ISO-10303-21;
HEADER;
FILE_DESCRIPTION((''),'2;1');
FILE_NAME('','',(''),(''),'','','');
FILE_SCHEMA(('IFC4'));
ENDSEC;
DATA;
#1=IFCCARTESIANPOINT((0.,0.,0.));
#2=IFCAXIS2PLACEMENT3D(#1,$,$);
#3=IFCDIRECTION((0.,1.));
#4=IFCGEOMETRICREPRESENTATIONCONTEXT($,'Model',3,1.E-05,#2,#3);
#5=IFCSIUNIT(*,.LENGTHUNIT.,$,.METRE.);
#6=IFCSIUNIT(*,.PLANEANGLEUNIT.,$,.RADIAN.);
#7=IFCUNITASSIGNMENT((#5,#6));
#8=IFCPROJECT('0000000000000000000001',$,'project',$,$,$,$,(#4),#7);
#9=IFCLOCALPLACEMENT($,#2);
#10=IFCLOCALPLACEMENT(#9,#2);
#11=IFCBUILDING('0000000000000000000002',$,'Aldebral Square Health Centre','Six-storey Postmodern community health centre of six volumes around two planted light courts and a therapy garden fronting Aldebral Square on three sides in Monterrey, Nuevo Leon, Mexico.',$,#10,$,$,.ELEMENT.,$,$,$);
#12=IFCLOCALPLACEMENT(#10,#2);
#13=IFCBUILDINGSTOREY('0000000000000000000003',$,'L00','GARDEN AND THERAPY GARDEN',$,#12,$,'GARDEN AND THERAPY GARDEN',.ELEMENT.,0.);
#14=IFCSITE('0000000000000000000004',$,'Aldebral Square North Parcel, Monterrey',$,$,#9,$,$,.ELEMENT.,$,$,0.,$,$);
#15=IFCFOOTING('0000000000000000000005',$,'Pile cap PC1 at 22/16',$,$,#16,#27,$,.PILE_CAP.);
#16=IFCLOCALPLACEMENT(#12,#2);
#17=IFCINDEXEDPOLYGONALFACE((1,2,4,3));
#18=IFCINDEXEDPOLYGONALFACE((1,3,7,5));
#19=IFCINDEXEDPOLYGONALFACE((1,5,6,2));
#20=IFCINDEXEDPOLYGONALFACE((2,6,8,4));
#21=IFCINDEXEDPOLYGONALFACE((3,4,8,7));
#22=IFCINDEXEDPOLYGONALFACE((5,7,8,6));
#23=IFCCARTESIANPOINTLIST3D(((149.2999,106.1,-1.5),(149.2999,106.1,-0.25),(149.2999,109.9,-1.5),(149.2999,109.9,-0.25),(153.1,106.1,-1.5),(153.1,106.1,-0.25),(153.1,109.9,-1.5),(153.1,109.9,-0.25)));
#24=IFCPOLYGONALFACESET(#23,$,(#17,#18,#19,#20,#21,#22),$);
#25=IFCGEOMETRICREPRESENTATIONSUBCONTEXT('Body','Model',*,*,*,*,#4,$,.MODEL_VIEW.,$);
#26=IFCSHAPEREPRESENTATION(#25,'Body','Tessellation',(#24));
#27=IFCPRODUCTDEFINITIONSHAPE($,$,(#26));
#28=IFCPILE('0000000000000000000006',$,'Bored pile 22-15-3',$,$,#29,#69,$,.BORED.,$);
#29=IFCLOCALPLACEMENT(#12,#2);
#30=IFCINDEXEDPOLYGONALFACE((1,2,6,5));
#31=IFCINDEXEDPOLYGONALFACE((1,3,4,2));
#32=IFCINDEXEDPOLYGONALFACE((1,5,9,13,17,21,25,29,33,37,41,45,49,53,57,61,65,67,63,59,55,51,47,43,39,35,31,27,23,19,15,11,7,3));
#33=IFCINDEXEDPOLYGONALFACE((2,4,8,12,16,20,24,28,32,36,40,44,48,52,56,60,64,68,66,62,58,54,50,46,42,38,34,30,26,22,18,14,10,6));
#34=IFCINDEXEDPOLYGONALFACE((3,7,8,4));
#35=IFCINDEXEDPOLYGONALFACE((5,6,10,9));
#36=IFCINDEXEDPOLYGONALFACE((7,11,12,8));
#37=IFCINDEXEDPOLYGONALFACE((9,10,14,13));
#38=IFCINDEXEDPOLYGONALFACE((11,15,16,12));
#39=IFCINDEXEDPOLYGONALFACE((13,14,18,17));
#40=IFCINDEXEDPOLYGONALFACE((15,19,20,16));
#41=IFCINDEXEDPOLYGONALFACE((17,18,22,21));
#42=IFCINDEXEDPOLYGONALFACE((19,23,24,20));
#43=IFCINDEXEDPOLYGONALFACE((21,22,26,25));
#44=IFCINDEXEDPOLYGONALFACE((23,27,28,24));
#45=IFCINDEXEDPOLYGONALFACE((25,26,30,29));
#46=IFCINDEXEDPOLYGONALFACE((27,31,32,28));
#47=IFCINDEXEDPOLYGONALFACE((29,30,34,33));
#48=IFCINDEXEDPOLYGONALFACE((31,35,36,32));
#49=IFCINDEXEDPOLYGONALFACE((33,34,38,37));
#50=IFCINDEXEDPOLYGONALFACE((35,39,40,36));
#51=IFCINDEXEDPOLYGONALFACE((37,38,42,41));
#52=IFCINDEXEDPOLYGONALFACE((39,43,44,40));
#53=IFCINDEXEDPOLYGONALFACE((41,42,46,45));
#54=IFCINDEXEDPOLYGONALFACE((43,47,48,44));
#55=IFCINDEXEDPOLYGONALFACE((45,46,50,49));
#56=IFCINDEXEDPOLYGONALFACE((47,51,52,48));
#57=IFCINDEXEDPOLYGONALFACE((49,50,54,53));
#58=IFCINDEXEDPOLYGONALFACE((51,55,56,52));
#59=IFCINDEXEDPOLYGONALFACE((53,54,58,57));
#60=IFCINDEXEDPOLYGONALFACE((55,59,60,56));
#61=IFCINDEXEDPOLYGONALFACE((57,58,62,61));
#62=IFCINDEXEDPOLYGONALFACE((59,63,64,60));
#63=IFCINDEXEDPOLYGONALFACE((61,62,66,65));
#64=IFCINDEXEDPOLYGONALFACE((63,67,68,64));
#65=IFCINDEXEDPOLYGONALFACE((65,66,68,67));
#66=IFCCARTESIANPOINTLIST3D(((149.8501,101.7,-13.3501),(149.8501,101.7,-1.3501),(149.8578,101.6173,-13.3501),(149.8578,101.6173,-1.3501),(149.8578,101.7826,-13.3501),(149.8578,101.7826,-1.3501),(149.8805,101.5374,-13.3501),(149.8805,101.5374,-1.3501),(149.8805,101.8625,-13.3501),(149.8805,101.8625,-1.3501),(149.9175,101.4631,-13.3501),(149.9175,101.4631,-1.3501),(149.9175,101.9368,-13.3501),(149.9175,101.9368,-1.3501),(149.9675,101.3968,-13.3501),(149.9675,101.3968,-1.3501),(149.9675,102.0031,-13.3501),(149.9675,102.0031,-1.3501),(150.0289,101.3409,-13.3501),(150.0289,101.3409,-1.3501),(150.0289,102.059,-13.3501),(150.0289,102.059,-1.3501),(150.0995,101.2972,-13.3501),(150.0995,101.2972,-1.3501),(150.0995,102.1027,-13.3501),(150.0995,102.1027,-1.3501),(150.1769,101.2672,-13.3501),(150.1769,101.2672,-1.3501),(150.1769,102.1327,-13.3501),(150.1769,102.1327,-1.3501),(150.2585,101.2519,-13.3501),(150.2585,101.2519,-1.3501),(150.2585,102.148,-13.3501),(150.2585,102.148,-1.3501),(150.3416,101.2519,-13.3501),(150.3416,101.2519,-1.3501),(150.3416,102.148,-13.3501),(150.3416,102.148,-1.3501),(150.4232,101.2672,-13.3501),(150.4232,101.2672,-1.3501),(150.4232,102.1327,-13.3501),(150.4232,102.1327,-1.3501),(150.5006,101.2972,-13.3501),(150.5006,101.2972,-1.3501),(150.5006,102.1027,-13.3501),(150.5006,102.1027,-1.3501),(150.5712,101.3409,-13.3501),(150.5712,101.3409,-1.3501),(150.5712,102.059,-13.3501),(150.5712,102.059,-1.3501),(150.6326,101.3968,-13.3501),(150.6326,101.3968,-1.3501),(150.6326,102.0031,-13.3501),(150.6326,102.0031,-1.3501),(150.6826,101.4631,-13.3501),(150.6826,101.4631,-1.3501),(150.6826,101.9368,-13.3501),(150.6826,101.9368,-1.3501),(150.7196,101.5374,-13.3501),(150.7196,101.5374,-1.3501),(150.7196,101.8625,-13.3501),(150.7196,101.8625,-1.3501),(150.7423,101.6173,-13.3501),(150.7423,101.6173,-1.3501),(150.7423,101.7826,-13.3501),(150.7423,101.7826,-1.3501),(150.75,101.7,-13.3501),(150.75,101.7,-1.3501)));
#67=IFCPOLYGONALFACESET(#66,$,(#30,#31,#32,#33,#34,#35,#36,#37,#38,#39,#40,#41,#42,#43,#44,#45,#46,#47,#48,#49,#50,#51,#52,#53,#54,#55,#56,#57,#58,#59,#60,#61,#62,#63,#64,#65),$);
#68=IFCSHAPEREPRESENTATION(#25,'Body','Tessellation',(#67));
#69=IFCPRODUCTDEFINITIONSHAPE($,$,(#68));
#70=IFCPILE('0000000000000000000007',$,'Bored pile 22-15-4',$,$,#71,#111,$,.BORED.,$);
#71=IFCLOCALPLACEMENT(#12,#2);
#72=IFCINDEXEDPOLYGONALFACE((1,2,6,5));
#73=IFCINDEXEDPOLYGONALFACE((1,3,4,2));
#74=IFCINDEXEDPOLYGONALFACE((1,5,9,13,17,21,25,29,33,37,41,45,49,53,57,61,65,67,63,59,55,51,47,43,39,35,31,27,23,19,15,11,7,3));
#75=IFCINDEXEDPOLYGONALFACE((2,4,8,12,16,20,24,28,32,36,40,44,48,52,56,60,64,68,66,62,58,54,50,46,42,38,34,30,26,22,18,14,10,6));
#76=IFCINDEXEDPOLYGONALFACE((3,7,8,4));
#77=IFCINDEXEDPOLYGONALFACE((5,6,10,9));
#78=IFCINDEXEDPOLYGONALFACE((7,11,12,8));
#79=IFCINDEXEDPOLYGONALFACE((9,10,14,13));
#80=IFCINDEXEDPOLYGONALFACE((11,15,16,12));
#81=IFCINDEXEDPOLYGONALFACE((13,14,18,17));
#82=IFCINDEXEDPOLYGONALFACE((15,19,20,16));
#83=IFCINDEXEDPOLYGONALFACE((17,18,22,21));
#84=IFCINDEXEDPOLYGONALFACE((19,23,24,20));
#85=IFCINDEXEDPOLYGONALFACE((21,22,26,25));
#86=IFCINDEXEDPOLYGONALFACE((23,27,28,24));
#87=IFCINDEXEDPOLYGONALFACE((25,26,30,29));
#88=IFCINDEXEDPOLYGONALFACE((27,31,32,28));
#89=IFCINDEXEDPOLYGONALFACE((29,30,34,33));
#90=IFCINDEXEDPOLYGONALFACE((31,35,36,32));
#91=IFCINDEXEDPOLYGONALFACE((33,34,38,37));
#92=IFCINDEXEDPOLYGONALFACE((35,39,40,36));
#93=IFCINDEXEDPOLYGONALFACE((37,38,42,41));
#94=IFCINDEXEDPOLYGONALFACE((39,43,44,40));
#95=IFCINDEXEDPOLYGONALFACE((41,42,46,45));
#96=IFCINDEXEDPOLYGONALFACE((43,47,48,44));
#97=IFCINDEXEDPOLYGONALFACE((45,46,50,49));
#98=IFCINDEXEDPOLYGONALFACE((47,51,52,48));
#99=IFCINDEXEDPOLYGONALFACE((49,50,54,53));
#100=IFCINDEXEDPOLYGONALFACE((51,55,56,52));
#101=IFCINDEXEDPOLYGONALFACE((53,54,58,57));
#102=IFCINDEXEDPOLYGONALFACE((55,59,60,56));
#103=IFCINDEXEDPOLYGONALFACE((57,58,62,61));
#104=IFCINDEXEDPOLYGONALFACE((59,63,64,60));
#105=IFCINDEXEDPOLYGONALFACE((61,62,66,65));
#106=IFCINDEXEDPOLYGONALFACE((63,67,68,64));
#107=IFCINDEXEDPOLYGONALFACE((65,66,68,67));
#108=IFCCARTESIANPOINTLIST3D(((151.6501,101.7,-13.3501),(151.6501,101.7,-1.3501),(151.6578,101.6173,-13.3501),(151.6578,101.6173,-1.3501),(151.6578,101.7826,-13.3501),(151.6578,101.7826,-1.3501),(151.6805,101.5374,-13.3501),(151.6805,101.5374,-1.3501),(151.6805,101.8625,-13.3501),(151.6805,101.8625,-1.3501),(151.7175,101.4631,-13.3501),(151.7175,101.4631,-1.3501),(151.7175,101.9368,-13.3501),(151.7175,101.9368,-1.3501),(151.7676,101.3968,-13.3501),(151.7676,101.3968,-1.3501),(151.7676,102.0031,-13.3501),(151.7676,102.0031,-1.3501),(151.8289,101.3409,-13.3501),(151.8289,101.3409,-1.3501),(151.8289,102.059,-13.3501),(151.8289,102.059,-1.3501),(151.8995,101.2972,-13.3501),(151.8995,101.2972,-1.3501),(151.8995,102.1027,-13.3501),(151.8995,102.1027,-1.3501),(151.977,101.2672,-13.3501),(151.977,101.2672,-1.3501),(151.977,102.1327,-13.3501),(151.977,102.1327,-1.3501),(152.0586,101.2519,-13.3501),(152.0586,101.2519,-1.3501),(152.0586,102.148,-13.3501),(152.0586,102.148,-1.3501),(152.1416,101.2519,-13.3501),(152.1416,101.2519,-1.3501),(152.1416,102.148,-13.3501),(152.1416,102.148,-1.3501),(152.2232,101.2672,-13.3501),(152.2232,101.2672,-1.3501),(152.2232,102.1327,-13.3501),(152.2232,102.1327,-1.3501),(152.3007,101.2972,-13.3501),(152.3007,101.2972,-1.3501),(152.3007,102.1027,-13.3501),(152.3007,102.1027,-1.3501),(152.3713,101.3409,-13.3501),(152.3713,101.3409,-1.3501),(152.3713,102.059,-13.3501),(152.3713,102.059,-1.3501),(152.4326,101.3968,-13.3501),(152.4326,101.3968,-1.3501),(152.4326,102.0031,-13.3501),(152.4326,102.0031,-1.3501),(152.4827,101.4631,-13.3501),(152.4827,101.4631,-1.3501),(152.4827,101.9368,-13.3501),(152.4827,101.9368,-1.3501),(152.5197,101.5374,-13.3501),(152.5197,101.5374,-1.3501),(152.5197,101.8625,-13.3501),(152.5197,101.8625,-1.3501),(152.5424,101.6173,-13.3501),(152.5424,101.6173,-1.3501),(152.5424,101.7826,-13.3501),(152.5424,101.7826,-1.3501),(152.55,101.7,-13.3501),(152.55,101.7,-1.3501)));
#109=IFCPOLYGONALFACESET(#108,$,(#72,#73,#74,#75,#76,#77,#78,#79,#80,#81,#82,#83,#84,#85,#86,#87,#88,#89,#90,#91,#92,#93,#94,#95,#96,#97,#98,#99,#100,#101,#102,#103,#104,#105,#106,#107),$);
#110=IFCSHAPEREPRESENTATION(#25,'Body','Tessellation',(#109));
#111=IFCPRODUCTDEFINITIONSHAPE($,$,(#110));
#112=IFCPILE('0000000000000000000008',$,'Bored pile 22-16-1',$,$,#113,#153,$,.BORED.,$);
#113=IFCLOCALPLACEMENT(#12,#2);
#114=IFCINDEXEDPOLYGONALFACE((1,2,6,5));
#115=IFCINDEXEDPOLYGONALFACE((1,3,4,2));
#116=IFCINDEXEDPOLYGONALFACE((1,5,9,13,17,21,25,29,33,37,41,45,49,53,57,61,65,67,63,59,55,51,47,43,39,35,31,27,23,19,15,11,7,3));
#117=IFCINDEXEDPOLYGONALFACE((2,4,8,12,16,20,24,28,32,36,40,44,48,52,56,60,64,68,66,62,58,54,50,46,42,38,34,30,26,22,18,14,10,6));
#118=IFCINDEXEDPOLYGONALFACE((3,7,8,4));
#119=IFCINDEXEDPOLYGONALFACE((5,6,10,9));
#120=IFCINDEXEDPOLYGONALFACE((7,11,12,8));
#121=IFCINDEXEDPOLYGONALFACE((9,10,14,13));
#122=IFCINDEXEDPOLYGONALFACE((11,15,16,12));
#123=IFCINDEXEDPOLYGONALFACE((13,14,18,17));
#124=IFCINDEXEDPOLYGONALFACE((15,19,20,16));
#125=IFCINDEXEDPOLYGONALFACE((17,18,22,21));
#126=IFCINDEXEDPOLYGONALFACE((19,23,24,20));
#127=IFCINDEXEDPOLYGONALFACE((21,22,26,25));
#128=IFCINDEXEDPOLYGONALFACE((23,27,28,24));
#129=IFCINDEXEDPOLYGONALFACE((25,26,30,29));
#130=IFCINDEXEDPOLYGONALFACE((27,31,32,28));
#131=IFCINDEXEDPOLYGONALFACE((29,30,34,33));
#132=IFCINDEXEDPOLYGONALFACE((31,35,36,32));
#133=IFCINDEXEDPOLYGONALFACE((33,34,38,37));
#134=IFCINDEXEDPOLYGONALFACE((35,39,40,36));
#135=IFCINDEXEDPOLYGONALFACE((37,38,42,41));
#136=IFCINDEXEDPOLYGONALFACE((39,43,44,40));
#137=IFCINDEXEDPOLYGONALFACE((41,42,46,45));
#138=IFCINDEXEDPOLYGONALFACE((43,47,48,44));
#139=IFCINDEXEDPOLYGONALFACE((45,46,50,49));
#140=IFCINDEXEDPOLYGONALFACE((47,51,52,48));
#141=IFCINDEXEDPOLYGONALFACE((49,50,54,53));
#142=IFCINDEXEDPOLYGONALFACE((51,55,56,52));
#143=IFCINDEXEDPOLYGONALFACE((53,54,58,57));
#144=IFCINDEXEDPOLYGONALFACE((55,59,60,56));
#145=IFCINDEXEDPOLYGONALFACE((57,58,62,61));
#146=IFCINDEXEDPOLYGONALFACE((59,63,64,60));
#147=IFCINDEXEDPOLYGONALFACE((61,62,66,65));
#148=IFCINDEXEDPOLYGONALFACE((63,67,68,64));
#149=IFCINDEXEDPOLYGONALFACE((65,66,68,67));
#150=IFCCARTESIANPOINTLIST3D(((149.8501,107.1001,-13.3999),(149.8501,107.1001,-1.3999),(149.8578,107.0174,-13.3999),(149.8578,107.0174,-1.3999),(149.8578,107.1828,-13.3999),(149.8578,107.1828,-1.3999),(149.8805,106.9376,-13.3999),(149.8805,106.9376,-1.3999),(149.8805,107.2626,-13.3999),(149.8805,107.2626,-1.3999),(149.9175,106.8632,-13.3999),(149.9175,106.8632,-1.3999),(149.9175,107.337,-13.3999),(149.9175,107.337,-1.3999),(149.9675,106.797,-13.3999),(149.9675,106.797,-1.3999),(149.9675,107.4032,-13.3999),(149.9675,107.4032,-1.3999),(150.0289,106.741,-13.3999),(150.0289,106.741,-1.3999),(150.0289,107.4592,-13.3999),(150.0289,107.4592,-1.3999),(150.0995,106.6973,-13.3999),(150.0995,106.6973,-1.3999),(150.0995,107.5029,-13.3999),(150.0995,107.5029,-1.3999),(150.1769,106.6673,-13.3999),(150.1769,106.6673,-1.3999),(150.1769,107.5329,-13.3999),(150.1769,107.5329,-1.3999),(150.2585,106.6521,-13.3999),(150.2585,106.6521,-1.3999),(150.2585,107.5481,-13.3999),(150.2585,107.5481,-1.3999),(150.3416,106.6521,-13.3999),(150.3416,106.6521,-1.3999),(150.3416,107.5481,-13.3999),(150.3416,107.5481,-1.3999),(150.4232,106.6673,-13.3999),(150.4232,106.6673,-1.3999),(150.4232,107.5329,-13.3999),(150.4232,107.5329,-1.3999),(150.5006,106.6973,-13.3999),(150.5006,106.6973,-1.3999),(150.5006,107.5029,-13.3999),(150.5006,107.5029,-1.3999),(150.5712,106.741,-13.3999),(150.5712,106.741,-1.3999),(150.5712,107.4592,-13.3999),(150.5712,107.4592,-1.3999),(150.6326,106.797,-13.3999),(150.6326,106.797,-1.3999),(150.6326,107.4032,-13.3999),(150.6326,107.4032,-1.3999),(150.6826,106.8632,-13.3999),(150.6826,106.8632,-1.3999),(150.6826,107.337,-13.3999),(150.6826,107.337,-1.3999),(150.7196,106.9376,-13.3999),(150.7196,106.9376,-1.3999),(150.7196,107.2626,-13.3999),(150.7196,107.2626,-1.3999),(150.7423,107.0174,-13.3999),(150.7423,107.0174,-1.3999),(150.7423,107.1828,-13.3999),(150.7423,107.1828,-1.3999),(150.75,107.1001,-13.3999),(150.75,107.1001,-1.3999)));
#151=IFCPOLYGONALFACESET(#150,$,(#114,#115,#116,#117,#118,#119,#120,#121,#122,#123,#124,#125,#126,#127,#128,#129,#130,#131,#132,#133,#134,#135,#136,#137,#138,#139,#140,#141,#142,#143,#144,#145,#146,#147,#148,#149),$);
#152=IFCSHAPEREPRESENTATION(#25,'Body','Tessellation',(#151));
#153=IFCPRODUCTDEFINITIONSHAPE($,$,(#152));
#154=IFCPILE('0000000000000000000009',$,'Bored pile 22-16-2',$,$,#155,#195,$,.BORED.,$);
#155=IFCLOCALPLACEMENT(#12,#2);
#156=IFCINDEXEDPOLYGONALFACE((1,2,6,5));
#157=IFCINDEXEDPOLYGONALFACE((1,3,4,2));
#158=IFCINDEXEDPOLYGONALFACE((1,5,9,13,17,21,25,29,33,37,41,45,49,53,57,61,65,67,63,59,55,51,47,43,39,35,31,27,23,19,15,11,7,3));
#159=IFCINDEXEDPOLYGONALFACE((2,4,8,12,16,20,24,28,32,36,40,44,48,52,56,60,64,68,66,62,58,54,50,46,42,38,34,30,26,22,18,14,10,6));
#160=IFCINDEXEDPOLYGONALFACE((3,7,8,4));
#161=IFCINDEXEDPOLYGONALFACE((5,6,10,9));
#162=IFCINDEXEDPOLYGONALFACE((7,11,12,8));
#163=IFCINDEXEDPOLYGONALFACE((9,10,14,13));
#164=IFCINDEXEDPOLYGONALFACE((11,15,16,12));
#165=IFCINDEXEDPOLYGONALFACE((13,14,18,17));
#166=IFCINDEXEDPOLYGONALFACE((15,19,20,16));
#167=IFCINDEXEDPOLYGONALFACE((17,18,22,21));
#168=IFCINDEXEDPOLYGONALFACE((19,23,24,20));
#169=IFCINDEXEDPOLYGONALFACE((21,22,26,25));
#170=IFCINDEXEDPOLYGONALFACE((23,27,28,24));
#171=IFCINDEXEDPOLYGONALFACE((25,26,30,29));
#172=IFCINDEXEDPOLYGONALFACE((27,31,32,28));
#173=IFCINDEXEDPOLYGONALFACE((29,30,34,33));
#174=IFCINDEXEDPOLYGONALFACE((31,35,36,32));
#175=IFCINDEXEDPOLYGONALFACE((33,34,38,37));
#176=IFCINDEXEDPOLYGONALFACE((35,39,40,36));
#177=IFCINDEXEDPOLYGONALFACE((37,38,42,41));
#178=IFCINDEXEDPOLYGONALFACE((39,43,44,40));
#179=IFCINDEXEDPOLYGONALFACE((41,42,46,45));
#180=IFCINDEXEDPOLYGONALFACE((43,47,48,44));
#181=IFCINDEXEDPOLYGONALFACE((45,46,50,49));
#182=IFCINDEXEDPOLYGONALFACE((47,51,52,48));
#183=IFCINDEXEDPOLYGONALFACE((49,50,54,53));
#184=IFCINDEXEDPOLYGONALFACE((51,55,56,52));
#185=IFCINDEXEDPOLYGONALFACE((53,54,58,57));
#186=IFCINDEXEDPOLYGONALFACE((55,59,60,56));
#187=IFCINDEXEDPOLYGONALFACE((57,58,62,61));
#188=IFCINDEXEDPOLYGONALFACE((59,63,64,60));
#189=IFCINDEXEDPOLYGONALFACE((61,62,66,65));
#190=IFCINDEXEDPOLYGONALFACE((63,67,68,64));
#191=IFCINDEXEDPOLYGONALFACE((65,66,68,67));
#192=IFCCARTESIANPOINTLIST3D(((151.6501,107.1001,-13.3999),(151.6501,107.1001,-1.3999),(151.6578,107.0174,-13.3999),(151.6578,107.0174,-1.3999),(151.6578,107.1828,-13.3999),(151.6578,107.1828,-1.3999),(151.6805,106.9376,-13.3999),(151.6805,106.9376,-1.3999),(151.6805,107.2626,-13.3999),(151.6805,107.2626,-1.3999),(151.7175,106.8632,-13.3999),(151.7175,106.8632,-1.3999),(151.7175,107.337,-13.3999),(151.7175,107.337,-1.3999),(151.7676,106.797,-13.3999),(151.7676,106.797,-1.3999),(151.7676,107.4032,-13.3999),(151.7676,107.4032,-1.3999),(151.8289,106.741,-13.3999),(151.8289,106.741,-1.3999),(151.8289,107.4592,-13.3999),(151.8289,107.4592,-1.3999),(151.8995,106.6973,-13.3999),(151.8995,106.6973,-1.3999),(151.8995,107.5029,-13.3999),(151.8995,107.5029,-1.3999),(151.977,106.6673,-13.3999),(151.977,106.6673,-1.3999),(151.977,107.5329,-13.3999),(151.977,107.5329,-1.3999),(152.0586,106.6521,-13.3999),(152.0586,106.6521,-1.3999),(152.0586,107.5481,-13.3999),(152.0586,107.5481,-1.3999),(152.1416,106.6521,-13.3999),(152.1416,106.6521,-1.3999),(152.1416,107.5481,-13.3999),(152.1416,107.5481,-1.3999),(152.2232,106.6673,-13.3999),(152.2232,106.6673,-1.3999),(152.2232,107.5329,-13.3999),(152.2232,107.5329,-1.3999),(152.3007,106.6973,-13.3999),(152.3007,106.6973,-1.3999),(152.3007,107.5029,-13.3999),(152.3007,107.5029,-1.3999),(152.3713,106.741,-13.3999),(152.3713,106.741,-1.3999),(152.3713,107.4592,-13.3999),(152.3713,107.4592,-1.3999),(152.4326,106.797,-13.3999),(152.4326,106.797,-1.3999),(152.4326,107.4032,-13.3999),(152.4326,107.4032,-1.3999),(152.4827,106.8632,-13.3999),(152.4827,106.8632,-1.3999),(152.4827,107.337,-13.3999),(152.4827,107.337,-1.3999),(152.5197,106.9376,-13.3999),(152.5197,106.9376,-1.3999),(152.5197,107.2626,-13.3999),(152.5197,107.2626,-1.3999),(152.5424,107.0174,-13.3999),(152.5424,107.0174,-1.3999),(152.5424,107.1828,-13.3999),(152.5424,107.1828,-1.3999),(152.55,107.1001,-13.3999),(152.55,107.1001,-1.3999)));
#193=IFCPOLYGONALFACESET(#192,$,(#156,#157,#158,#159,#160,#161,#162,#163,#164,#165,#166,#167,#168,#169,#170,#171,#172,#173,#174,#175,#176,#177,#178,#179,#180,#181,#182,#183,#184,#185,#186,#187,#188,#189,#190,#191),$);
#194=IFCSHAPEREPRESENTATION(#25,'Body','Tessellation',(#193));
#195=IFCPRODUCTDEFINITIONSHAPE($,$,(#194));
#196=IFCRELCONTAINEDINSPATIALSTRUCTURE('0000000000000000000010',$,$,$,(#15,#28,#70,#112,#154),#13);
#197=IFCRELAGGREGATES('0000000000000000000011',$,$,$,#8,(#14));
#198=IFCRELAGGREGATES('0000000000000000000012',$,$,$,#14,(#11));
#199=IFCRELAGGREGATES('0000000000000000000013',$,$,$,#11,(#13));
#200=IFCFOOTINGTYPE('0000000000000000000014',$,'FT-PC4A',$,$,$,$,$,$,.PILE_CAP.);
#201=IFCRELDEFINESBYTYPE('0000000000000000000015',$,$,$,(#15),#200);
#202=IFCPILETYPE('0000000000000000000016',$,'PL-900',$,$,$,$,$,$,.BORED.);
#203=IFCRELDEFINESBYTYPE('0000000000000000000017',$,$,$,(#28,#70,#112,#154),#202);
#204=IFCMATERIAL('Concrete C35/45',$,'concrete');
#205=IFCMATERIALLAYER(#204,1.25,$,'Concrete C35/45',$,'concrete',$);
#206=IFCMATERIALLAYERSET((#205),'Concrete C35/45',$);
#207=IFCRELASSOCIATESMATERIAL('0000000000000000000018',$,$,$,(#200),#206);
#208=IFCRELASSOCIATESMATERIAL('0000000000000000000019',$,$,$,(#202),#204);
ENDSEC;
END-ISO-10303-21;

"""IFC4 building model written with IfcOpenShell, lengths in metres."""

from ifc_helpers import new_model, si_unit, direction, frame, origin, origin_2d, place, context, subcontext, project, spatial, rectangle, circle, extrude, material, layer, layer_set, material_profile, profile_set, type_object, element, save


model = new_model("IFC4")

# Units and contexts
model_context = context("Model", 3, precision=1e-05, world=origin(), true_north=direction((0.0, 1.0)))
body_context = subcontext(model_context, "Body", "Model", "MODEL_VIEW")
ifc_project = project(units=[si_unit("LENGTHUNIT", "METRE"), si_unit("PLANEANGLEUNIT", "RADIAN")], contexts=[model_context])

# Site, building, storey
site_placement = place(None, origin())
site = spatial("IfcSite", under=ifc_project, at=site_placement, Name="Aldebral Square North Parcel, Monterrey", CompositionType="ELEMENT", RefElevation=0.0)
building_placement = place(site_placement, origin())
building = spatial("IfcBuilding", under=site, at=building_placement, Name="Aldebral Square Health Centre", Description="Six-storey Postmodern community health centre of six volumes around two planted light courts and a therapy garden fronting Aldebral Square on three sides in Monterrey, Nuevo Leon, Mexico.", CompositionType="ELEMENT")
storey_placement = place(building_placement, origin())
storey = spatial("IfcBuildingStorey", under=building, at=storey_placement, Name="L00", Description="GARDEN AND THERAPY GARDEN", LongName="GARDEN AND THERAPY GARDEN", CompositionType="ELEMENT", Elevation=0.0)

# Footing
ifc_material_1 = material(Name="Concrete C35/45", Category="concrete")
ifc_layer_1 = layer(ifc_material_1, 1.25, Name="Concrete C35/45", Category="concrete")
ifc_layer_set_1 = layer_set([ifc_layer_1], Name="Concrete C35/45")
footing_type = type_object("IfcFootingType", Name="FT-PC4A", PredefinedType="PILE_CAP", material=ifc_layer_set_1)
footing_placement = place(storey_placement, frame((151.2, 108.0, -1.5), z_axis=(0.0, 0.0, 1.0), x_axis=(1.0, 0.0, 0.0)))
element("IfcFooting", 1, at=footing_placement, inside=storey, type_object=footing_type, Name="Pile cap PC1 at 22/16", PredefinedType="PILE_CAP", context=body_context, shape_type="SweptSolid", body=[
    extrude(rectangle(XDim=3.8, YDim=3.8, at=origin_2d()), origin(), (0.0, 0.0, 1.0), 1.25),
])

# Piles
ifc_material_profile_1 = material_profile(ifc_material_1, circle(Radius=0.45, at=origin_2d()), Name="PILE D900")
ifc_profile_set_1 = profile_set([ifc_material_profile_1], Name="Concrete C35/45")
pile_type = type_object("IfcPileType", Name="PL-900", PredefinedType="BORED", material=ifc_profile_set_1)
for number, where, z_axis, x_axis, name in (
    (2, (150.3, 101.7, -1.3501), (0.0, 0.0, -1.0), (1.0, 0.0, 0.0), "Bored pile 22-15-3"),
    (3, (152.1001, 101.7, -1.3501), (0.0, 0.0, -1.0), (1.0, 0.0, 0.0), "Bored pile 22-15-4"),
    (4, (150.3, 107.1001, -1.3999), (0.0, 0.0, -1.0), (1.0, 0.0, 0.0), "Bored pile 22-16-1"),
    (5, (152.1001, 107.1001, -1.3999), (0.0, 0.0, -1.0), (1.0, 0.0, 0.0), "Bored pile 22-16-2"),
):
    element("IfcPile", number, at=place(storey_placement, frame(where, z_axis=z_axis, x_axis=x_axis)), inside=storey, type_object=pile_type, Name=name, PredefinedType="BORED", context=body_context, shape_type="SweptSolid", body=[
        extrude(circle(Radius=0.45, at=origin_2d()), origin(), (0.0, 0.0, 1.0), 12.0),
    ])

save(model, "model.ifc")
